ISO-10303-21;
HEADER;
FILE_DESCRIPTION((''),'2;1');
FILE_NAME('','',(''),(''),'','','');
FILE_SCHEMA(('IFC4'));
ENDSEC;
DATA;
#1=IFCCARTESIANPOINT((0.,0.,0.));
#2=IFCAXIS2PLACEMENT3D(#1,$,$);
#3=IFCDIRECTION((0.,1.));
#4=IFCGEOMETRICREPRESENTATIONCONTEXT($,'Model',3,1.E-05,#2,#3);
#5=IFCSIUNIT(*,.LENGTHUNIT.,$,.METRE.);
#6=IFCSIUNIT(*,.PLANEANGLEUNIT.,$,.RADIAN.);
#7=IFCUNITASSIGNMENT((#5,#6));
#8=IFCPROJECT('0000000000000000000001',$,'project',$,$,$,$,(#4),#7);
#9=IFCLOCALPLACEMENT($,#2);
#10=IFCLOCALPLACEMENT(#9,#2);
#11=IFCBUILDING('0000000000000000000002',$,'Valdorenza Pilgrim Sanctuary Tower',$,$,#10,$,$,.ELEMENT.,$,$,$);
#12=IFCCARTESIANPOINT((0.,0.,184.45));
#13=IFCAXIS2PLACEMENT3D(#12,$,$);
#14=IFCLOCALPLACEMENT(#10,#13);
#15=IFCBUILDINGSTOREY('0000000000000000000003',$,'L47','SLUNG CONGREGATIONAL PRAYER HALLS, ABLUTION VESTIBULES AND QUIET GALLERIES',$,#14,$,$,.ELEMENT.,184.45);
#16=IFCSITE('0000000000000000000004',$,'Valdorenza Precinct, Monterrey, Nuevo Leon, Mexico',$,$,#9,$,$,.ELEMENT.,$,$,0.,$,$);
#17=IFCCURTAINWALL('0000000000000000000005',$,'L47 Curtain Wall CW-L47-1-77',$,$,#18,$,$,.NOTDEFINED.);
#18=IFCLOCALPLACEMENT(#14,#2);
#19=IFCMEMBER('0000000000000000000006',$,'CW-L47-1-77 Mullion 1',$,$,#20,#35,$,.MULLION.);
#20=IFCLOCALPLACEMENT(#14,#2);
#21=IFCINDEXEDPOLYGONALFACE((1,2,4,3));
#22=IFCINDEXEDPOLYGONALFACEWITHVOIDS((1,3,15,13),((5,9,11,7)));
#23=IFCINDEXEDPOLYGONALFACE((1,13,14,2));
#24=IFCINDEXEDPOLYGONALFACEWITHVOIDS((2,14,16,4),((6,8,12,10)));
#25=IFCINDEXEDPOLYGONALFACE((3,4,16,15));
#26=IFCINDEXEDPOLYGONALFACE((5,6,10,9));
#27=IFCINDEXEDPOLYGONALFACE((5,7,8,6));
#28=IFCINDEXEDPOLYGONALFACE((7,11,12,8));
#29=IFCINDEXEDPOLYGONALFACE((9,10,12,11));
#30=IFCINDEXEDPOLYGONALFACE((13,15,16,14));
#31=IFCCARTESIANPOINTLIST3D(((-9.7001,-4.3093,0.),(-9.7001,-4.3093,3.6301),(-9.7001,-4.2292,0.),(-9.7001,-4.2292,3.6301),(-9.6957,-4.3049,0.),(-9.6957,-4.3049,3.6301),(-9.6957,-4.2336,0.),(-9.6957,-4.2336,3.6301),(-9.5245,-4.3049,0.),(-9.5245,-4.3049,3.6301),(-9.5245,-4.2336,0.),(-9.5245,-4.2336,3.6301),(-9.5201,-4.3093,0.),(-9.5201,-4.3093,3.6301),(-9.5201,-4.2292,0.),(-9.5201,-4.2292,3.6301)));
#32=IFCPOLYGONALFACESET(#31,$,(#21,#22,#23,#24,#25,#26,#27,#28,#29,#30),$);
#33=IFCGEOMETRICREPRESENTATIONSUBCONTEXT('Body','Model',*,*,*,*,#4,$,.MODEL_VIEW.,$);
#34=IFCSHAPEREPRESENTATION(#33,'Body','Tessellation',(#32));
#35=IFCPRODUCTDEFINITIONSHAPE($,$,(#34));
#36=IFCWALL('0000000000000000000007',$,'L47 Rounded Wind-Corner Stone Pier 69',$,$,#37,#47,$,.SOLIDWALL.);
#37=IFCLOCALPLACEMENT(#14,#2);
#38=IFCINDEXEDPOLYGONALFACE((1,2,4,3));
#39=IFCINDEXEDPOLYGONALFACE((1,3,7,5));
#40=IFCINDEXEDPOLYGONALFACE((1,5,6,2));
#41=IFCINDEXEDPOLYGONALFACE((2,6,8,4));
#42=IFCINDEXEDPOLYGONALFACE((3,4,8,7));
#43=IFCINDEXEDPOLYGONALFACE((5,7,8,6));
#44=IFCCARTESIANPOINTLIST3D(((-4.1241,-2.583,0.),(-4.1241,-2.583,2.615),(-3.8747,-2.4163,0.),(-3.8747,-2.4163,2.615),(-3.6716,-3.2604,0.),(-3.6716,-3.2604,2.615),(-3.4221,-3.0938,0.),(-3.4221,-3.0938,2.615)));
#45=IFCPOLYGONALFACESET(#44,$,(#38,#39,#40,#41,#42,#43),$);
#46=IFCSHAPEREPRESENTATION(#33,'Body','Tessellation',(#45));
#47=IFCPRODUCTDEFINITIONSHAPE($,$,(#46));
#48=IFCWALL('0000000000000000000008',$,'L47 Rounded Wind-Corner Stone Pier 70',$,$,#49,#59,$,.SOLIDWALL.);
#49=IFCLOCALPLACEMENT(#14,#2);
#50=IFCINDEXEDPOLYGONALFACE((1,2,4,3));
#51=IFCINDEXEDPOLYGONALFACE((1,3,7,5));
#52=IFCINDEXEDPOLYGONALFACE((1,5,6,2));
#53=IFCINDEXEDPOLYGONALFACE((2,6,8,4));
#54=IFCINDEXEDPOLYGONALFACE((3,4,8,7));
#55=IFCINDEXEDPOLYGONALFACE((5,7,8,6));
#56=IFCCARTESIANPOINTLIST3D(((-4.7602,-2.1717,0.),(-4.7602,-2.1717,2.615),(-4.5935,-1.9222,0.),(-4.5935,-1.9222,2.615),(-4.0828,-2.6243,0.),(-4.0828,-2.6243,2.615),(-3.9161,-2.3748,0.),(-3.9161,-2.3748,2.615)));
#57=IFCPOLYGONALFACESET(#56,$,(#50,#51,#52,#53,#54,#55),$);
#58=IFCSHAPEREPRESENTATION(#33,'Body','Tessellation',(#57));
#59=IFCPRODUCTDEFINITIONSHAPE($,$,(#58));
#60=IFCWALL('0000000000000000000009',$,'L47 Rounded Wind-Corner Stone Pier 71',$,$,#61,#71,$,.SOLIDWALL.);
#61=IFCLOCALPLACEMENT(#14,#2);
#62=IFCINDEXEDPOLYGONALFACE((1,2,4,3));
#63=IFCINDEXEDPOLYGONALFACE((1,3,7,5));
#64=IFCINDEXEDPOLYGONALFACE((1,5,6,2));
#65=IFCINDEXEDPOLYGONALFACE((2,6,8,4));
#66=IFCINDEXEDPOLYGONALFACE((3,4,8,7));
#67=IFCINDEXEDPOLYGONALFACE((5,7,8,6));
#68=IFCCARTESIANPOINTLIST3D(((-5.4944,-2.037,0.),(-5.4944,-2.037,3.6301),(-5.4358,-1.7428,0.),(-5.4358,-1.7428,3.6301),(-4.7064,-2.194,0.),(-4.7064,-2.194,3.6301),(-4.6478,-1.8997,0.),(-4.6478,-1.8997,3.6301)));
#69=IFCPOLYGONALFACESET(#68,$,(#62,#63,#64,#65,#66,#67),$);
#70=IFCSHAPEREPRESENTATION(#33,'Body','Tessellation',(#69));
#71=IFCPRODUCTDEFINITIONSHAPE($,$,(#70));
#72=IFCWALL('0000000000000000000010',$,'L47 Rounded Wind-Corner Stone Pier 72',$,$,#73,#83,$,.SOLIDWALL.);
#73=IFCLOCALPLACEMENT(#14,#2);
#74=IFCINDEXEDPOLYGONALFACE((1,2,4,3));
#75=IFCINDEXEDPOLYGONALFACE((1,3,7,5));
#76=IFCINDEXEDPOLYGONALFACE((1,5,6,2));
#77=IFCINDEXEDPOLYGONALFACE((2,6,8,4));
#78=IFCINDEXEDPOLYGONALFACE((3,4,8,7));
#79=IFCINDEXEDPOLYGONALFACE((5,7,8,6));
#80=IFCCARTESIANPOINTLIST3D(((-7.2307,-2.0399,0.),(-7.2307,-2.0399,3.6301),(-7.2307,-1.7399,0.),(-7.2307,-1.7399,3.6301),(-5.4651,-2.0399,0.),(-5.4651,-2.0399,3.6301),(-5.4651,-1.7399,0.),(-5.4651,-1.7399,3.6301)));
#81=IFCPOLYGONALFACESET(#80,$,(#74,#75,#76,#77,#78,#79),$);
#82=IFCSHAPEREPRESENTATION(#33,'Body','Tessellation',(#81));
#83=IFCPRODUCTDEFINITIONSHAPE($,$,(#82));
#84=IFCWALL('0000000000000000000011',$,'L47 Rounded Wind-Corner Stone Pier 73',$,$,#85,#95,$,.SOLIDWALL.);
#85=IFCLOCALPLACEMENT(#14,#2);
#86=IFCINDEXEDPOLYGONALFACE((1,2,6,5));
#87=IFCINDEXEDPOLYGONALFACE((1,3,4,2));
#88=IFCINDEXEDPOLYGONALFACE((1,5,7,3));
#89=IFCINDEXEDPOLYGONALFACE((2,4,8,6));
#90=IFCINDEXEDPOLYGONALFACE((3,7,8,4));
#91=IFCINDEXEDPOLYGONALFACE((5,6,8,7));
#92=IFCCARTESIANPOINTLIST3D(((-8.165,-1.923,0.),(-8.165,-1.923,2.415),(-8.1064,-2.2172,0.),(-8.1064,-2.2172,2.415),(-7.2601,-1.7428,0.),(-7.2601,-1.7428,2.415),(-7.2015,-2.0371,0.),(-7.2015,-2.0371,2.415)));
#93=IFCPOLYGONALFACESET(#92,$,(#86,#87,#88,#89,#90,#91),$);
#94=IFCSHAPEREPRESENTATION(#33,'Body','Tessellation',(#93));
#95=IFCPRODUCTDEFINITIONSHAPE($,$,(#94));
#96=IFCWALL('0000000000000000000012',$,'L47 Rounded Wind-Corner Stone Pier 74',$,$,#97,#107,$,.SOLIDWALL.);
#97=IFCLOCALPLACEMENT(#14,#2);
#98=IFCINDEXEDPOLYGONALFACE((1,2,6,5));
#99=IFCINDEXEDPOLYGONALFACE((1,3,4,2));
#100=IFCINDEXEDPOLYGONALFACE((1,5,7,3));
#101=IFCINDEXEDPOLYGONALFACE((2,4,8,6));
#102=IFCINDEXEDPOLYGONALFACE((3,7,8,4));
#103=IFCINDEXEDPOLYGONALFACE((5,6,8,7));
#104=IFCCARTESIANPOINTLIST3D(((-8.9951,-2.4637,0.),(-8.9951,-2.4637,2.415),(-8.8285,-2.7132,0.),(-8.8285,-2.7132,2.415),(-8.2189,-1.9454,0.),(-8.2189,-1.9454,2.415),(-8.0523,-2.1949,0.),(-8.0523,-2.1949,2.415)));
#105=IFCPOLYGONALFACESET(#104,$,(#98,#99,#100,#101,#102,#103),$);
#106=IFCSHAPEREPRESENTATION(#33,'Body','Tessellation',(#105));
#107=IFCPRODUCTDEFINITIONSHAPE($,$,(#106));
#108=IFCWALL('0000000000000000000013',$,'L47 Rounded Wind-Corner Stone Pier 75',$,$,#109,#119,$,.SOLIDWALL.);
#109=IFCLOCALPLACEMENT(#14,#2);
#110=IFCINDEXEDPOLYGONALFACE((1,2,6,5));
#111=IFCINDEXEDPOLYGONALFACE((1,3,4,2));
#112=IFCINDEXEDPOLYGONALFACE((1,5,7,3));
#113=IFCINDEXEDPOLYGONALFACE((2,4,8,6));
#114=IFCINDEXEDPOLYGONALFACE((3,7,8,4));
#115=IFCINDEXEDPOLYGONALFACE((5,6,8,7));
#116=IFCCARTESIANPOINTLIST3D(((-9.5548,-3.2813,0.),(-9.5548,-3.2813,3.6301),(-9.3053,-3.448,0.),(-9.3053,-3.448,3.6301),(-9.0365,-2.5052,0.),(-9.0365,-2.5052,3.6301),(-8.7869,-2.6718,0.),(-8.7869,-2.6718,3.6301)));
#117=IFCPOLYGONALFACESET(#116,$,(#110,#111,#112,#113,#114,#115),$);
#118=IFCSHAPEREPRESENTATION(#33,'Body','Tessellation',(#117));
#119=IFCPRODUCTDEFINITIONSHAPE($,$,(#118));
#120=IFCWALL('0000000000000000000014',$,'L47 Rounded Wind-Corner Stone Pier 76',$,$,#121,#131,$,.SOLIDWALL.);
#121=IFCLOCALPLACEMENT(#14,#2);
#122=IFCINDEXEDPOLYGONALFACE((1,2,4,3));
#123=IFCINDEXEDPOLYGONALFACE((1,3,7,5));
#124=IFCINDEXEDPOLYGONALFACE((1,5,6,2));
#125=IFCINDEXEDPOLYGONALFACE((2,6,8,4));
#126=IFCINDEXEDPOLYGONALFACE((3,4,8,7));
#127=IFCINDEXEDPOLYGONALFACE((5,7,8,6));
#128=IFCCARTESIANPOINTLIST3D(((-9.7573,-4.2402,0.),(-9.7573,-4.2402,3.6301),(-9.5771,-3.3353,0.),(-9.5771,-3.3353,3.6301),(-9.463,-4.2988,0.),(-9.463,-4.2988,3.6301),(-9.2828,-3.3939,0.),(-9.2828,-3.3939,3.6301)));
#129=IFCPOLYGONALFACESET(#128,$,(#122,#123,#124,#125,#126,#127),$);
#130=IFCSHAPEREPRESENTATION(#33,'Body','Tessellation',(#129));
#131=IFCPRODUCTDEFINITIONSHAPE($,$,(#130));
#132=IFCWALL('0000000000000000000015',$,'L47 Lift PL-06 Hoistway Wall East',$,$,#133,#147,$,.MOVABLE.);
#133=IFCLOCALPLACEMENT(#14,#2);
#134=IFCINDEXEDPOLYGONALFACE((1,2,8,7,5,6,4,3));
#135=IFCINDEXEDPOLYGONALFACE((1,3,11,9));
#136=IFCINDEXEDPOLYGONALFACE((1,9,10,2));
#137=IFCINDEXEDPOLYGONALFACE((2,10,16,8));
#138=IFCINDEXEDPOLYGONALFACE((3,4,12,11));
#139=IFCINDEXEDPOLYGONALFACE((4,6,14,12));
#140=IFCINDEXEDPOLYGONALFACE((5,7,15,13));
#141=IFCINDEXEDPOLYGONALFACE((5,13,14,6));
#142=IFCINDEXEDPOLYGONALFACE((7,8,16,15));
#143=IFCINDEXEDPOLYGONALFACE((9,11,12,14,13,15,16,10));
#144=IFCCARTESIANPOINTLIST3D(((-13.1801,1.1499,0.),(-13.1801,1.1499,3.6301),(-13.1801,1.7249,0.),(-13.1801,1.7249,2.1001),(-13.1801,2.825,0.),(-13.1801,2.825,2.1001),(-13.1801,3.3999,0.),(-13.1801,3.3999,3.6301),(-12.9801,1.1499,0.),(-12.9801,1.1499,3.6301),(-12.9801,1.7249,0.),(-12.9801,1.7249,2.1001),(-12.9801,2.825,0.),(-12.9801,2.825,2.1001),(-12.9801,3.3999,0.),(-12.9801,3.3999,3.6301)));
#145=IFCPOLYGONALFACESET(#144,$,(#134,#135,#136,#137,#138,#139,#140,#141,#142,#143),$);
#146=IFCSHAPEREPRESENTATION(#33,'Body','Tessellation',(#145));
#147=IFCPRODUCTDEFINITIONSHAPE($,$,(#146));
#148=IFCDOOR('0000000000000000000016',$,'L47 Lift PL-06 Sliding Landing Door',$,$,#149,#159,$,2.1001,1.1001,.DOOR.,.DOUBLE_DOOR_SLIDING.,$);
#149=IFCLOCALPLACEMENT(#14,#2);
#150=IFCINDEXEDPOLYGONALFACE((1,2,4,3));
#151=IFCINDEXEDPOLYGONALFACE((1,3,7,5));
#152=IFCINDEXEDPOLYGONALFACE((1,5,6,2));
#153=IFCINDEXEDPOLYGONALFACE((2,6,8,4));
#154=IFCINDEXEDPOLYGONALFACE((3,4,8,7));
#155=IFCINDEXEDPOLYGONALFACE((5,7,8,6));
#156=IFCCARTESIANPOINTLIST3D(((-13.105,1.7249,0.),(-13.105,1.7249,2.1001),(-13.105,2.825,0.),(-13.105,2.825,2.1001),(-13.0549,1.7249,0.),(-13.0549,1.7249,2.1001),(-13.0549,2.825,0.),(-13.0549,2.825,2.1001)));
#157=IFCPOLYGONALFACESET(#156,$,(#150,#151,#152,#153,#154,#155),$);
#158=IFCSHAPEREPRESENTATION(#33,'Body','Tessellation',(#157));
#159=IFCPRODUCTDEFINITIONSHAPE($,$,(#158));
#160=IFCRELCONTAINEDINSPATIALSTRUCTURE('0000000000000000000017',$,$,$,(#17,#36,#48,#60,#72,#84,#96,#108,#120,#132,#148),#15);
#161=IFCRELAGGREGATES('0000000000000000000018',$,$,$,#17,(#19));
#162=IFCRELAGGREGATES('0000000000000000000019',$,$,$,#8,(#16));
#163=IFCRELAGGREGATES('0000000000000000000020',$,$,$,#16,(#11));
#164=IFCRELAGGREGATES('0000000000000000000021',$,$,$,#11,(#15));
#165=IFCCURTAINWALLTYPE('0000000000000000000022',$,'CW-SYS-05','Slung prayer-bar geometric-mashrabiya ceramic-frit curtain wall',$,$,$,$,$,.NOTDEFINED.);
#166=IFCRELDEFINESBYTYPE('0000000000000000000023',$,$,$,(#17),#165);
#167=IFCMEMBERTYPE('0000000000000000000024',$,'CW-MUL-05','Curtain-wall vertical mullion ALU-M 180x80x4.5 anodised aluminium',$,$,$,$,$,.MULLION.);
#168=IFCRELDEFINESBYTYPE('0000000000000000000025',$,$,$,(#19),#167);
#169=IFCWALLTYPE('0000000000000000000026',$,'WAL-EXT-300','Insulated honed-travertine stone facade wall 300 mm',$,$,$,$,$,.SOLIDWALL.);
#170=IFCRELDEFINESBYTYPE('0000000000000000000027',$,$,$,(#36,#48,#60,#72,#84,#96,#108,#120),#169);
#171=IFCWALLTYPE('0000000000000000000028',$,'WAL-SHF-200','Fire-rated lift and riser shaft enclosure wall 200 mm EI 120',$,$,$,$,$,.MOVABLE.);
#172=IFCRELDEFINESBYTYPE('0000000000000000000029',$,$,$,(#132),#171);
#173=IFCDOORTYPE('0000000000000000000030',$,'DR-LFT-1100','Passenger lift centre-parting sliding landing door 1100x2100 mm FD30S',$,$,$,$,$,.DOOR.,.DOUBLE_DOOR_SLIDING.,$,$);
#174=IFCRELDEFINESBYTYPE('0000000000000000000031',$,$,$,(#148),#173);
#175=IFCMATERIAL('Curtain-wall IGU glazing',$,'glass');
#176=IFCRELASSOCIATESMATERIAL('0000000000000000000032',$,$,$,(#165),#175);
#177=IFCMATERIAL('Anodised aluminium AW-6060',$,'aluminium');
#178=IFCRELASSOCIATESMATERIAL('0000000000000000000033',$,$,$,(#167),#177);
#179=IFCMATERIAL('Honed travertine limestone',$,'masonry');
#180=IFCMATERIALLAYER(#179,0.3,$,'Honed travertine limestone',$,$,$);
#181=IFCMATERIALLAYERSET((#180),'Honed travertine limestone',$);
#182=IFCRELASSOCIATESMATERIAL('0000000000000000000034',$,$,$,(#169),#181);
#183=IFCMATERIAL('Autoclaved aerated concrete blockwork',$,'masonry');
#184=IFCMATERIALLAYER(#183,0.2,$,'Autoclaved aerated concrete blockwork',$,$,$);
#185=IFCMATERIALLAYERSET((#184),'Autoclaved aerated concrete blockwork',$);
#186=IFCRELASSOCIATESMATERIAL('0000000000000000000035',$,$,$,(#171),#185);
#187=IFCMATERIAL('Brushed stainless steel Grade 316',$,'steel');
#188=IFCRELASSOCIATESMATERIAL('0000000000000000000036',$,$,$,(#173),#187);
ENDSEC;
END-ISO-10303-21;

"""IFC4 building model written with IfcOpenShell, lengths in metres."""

from ifc_helpers import new_model, si_unit, direction, frame, frame_2d, origin, origin_2d, place, context, subcontext, project, spatial, rectangle, hollow_rectangle, extrude, source, transform, mapped, material, layer, layer_set, material_profile, profile_set, type_object, element, fill, aggregate, save


model = new_model("IFC4")

# Units and contexts
model_context = context("Model", 3, precision=1e-05, world=origin(), true_north=direction((0.0, 1.0)))
body_context = subcontext(model_context, "Body", "Model", "MODEL_VIEW")
ifc_project = project(units=[si_unit("LENGTHUNIT", "METRE"), si_unit("PLANEANGLEUNIT", "RADIAN")], contexts=[model_context])

# Site, building, storey
site_placement = place(None, origin())
site = spatial("IfcSite", under=ifc_project, at=site_placement, Name="Valdorenza Precinct, Monterrey, Nuevo Leon, Mexico", CompositionType="ELEMENT", RefElevation=0.0)
building_placement = place(site_placement, origin())
building = spatial("IfcBuilding", under=site, at=building_placement, Name="Valdorenza Pilgrim Sanctuary Tower", CompositionType="ELEMENT")
storey_placement = place(building_placement, frame((0.0, 0.0, 184.45)))
storey = spatial("IfcBuildingStorey", under=building, at=storey_placement, Name="L47", Description="SLUNG CONGREGATIONAL PRAYER HALLS, ABLUTION VESTIBULES AND QUIET GALLERIES", CompositionType="ELEMENT", Elevation=184.45)

# Curtain wall, member
ifc_material_1 = material(Name="Curtain-wall IGU glazing", Category="glass")
curtain_wall_type = type_object("IfcCurtainWallType", Name="CW-SYS-05", Description="Slung prayer-bar geometric-mashrabiya ceramic-frit curtain wall", PredefinedType="NOTDEFINED", material=ifc_material_1)
curtain_wall_placement = place(storey_placement, origin())
curtain_wall = element("IfcCurtainWall", 1, at=curtain_wall_placement, inside=storey, type_object=curtain_wall_type, Name="L47 Curtain Wall CW-L47-1-77", PredefinedType="NOTDEFINED")
ifc_material_2 = material(Name="Anodised aluminium AW-6060", Category="aluminium")
ifc_material_profile_1 = material_profile(ifc_material_2, hollow_rectangle(XDim=0.0801, YDim=0.1799, WallThickness=0.0044, at=origin_2d()), Name="ALU-M 180x80x4.5")
ifc_profile_set_1 = profile_set([ifc_material_profile_1], Name="Anodised aluminium AW-6060")
member_type_1 = type_object("IfcMemberType", Name="CW-MUL-05", Description="Curtain-wall vertical mullion ALU-M 180x80x4.5 anodised aluminium", PredefinedType="MULLION", material=ifc_profile_set_1)
shared_shape_1 = source(origin(), body_context, "Body", "SweptSolid", [
    extrude(hollow_rectangle(XDim=0.0801, YDim=0.1799, WallThickness=0.0044, at=origin_2d()), origin(), (0.0, 0.0, 1.0), 3.6301),
])
member_1_placement = place(storey_placement, frame((-9.6101, -4.2693, 0.0), z_axis=(0.0, 0.0, 1.0), x_axis=(0.0, -1.0, 0.0)))
member_1 = element("IfcMember", 2, at=member_1_placement, type_object=member_type_1, Name="CW-L47-1-77 Mullion 1", PredefinedType="MULLION", context=body_context, shape_type="MappedRepresentation", body=[
    mapped(shared_shape_1, transform((0.0, 0.0, 0.0), x_axis=(1.0, 0.0, 0.0), y_axis=(0.0, 1.0, 0.0), z_axis=(0.0, 0.0, 1.0), scale=1.0)),
])
aggregate(curtain_wall, [member_1])

# Walls
ifc_material_3 = material(Name="Honed travertine limestone", Category="masonry")
ifc_layer_1 = layer(ifc_material_3, 0.3, Name="Honed travertine limestone")
ifc_layer_set_1 = layer_set([ifc_layer_1], Name="Honed travertine limestone")
wall_type_1 = type_object("IfcWallType", Name="WAL-EXT-300", Description="Insulated honed-travertine stone facade wall 300 mm", PredefinedType="SOLIDWALL", material=ifc_layer_set_1)
for number, where, z_axis, x_axis, name in (
    (3, (-3.5469, -3.177, 0.0), (0.0, 0.0, 1.0), (-0.55553, 0.831497, 0.0), "L47 Rounded Wind-Corner Stone Pier 69"),
    (4, (-3.9995, -2.4995, 0.0), (0.0, 0.0, 1.0), (-0.831497, 0.55553, 0.0), "L47 Rounded Wind-Corner Stone Pier 70"),
):
    element("IfcWall", number, at=place(storey_placement, frame(where, z_axis=z_axis, x_axis=x_axis)), inside=storey, type_object=wall_type_1, Name=name, PredefinedType="SOLIDWALL", context=body_context, shape_type="SweptSolid", body=[
        extrude(rectangle(XDim=0.8147, YDim=0.3, at=frame_2d((0.4072, 0.0))), origin(), (0.0, 0.0, 1.0), 2.615),
    ])
wall_1_placement = place(storey_placement, frame((-4.677, -2.0469, 0.0), z_axis=(0.0, 0.0, 1.0), x_axis=(-0.980732, 0.195357, 0.0)))
element("IfcWall", 5, at=wall_1_placement, inside=storey, type_object=wall_type_1, Name="L47 Rounded Wind-Corner Stone Pier 71", PredefinedType="SOLIDWALL", context=body_context, shape_type="SweptSolid", body=[
    extrude(rectangle(XDim=0.8035, YDim=0.3, at=frame_2d((0.4019, 0.0))), origin(), (0.0, 0.0, 1.0), 3.6301),
])
wall_2_placement = place(storey_placement, frame((-5.4651, -1.8899, 0.0), z_axis=(0.0, 0.0, 1.0), x_axis=(-1.0, 0.0, 0.0)))
element("IfcWall", 6, at=wall_2_placement, inside=storey, type_object=wall_type_1, Name="L47 Rounded Wind-Corner Stone Pier 72", PredefinedType="SOLIDWALL", context=body_context, shape_type="SweptSolid", body=[
    extrude(rectangle(XDim=1.7656, YDim=0.3, at=frame_2d((0.8828, 0.0))), origin(), (0.0, 0.0, 1.0), 3.6301),
])
wall_3_placement = place(storey_placement, frame((-7.2307, -1.8899, 0.0), z_axis=(0.0, 0.0, 1.0), x_axis=(-0.980743, -0.195302, 0.0)))
element("IfcWall", 7, at=wall_3_placement, inside=storey, type_object=wall_type_1, Name="L47 Rounded Wind-Corner Stone Pier 73", PredefinedType="SOLIDWALL", context=body_context, shape_type="SweptSolid", body=[
    extrude(rectangle(XDim=0.9226, YDim=0.3, at=frame_2d((0.4614, 0.0))), origin(), (0.0, 0.0, 1.0), 2.415),
])
wall_4_placement = place(storey_placement, frame((-8.1355, -2.0701, 0.0), z_axis=(0.0, 0.0, 1.0), x_axis=(-0.831607, -0.555364, 0.0)))
element("IfcWall", 8, at=wall_4_placement, inside=storey, type_object=wall_type_1, Name="L47 Rounded Wind-Corner Stone Pier 74", PredefinedType="SOLIDWALL", context=body_context, shape_type="SweptSolid", body=[
    extrude(rectangle(XDim=0.9333, YDim=0.3, at=frame_2d((0.4668, 0.0))), origin(), (0.0, 0.0, 1.0), 2.415),
])
wall_5_placement = place(storey_placement, frame((-8.9116, -2.5884, 0.0), z_axis=(0.0, 0.0, 1.0), x_axis=(-0.555364, -0.831607, 0.0)))
element("IfcWall", 9, at=wall_5_placement, inside=storey, type_object=wall_type_1, Name="L47 Rounded Wind-Corner Stone Pier 75", PredefinedType="SOLIDWALL", context=body_context, shape_type="SweptSolid", body=[
    extrude(rectangle(XDim=0.9333, YDim=0.3, at=frame_2d((0.4668, 0.0))), origin(), (0.0, 0.0, 1.0), 3.6301),
])
wall_6_placement = place(storey_placement, frame((-9.4299, -3.3645, 0.0), z_axis=(0.0, 0.0, 1.0), x_axis=(-0.195302, -0.980743, 0.0)))
element("IfcWall", 10, at=wall_6_placement, inside=storey, type_object=wall_type_1, Name="L47 Rounded Wind-Corner Stone Pier 76", PredefinedType="SOLIDWALL", context=body_context, shape_type="SweptSolid", body=[
    extrude(rectangle(XDim=0.9226, YDim=0.3, at=frame_2d((0.4614, 0.0))), origin(), (0.0, 0.0, 1.0), 3.6301),
])

# Wall, opening, door
ifc_material_4 = material(Name="Autoclaved aerated concrete blockwork", Category="masonry")
ifc_layer_2 = layer(ifc_material_4, 0.2, Name="Autoclaved aerated concrete blockwork")
ifc_layer_set_2 = layer_set([ifc_layer_2], Name="Autoclaved aerated concrete blockwork")
wall_type_2 = type_object("IfcWallType", Name="WAL-SHF-200", Description="Fire-rated lift and riser shaft enclosure wall 200 mm EI 120", PredefinedType="MOVABLE", material=ifc_layer_set_2)
wall_7_placement = place(storey_placement, frame((-13.0801, 1.1499, 0.0), z_axis=(0.0, 0.0, 1.0), x_axis=(0.0, 1.0, 0.0)))
wall_7 = element("IfcWall", 11, at=wall_7_placement, inside=storey, type_object=wall_type_2, Name="L47 Lift PL-06 Hoistway Wall East", PredefinedType="MOVABLE", context=body_context, shape_type="SweptSolid", body=[
    extrude(rectangle(XDim=2.25, YDim=0.2, at=frame_2d((1.125, 0.0))), origin(), (0.0, 0.0, 1.0), 3.6301),
])
opening_placement = place(wall_7_placement, frame((0.575, 0.0, 0.0)))
opening = element("IfcOpeningElement", 12, at=opening_placement, cuts=wall_7, PredefinedType="OPENING", context=body_context, shape_type="SweptSolid", body=[
    extrude(rectangle(XDim=1.1001, YDim=2.1001, at=frame_2d((0.55, 1.05))), frame((0.0, 0.1147, 0.0), z_axis=(0.0, -1.0, 0.0), x_axis=(1.0, 0.0, 0.0)), (0.0, 0.0, 1.0), 0.2297),
])
ifc_material_5 = material(Name="Brushed stainless steel Grade 316", Category="steel")
door_type = type_object("IfcDoorType", Name="DR-LFT-1100", Description="Passenger lift centre-parting sliding landing door 1100x2100 mm FD30S", OperationType="DOUBLE_DOOR_SLIDING", PredefinedType="DOOR", material=ifc_material_5)
door_placement = place(opening_placement, origin())
door = element("IfcDoor", 13, at=door_placement, inside=storey, type_object=door_type, Name="L47 Lift PL-06 Sliding Landing Door", OperationType="DOUBLE_DOOR_SLIDING", OverallHeight=2.1001, OverallWidth=1.1001, PredefinedType="DOOR", context=body_context, shape_type="SweptSolid", body=[
    extrude(rectangle(XDim=1.1001, YDim=2.1001, at=frame_2d((0.55, 1.05))), frame((0.0, 0.0249, 0.0), z_axis=(0.0, -1.0, 0.0), x_axis=(1.0, 0.0, 0.0)), (0.0, 0.0, 1.0), 0.05),
])
fill(opening, door)

save(model, "model.ifc")
